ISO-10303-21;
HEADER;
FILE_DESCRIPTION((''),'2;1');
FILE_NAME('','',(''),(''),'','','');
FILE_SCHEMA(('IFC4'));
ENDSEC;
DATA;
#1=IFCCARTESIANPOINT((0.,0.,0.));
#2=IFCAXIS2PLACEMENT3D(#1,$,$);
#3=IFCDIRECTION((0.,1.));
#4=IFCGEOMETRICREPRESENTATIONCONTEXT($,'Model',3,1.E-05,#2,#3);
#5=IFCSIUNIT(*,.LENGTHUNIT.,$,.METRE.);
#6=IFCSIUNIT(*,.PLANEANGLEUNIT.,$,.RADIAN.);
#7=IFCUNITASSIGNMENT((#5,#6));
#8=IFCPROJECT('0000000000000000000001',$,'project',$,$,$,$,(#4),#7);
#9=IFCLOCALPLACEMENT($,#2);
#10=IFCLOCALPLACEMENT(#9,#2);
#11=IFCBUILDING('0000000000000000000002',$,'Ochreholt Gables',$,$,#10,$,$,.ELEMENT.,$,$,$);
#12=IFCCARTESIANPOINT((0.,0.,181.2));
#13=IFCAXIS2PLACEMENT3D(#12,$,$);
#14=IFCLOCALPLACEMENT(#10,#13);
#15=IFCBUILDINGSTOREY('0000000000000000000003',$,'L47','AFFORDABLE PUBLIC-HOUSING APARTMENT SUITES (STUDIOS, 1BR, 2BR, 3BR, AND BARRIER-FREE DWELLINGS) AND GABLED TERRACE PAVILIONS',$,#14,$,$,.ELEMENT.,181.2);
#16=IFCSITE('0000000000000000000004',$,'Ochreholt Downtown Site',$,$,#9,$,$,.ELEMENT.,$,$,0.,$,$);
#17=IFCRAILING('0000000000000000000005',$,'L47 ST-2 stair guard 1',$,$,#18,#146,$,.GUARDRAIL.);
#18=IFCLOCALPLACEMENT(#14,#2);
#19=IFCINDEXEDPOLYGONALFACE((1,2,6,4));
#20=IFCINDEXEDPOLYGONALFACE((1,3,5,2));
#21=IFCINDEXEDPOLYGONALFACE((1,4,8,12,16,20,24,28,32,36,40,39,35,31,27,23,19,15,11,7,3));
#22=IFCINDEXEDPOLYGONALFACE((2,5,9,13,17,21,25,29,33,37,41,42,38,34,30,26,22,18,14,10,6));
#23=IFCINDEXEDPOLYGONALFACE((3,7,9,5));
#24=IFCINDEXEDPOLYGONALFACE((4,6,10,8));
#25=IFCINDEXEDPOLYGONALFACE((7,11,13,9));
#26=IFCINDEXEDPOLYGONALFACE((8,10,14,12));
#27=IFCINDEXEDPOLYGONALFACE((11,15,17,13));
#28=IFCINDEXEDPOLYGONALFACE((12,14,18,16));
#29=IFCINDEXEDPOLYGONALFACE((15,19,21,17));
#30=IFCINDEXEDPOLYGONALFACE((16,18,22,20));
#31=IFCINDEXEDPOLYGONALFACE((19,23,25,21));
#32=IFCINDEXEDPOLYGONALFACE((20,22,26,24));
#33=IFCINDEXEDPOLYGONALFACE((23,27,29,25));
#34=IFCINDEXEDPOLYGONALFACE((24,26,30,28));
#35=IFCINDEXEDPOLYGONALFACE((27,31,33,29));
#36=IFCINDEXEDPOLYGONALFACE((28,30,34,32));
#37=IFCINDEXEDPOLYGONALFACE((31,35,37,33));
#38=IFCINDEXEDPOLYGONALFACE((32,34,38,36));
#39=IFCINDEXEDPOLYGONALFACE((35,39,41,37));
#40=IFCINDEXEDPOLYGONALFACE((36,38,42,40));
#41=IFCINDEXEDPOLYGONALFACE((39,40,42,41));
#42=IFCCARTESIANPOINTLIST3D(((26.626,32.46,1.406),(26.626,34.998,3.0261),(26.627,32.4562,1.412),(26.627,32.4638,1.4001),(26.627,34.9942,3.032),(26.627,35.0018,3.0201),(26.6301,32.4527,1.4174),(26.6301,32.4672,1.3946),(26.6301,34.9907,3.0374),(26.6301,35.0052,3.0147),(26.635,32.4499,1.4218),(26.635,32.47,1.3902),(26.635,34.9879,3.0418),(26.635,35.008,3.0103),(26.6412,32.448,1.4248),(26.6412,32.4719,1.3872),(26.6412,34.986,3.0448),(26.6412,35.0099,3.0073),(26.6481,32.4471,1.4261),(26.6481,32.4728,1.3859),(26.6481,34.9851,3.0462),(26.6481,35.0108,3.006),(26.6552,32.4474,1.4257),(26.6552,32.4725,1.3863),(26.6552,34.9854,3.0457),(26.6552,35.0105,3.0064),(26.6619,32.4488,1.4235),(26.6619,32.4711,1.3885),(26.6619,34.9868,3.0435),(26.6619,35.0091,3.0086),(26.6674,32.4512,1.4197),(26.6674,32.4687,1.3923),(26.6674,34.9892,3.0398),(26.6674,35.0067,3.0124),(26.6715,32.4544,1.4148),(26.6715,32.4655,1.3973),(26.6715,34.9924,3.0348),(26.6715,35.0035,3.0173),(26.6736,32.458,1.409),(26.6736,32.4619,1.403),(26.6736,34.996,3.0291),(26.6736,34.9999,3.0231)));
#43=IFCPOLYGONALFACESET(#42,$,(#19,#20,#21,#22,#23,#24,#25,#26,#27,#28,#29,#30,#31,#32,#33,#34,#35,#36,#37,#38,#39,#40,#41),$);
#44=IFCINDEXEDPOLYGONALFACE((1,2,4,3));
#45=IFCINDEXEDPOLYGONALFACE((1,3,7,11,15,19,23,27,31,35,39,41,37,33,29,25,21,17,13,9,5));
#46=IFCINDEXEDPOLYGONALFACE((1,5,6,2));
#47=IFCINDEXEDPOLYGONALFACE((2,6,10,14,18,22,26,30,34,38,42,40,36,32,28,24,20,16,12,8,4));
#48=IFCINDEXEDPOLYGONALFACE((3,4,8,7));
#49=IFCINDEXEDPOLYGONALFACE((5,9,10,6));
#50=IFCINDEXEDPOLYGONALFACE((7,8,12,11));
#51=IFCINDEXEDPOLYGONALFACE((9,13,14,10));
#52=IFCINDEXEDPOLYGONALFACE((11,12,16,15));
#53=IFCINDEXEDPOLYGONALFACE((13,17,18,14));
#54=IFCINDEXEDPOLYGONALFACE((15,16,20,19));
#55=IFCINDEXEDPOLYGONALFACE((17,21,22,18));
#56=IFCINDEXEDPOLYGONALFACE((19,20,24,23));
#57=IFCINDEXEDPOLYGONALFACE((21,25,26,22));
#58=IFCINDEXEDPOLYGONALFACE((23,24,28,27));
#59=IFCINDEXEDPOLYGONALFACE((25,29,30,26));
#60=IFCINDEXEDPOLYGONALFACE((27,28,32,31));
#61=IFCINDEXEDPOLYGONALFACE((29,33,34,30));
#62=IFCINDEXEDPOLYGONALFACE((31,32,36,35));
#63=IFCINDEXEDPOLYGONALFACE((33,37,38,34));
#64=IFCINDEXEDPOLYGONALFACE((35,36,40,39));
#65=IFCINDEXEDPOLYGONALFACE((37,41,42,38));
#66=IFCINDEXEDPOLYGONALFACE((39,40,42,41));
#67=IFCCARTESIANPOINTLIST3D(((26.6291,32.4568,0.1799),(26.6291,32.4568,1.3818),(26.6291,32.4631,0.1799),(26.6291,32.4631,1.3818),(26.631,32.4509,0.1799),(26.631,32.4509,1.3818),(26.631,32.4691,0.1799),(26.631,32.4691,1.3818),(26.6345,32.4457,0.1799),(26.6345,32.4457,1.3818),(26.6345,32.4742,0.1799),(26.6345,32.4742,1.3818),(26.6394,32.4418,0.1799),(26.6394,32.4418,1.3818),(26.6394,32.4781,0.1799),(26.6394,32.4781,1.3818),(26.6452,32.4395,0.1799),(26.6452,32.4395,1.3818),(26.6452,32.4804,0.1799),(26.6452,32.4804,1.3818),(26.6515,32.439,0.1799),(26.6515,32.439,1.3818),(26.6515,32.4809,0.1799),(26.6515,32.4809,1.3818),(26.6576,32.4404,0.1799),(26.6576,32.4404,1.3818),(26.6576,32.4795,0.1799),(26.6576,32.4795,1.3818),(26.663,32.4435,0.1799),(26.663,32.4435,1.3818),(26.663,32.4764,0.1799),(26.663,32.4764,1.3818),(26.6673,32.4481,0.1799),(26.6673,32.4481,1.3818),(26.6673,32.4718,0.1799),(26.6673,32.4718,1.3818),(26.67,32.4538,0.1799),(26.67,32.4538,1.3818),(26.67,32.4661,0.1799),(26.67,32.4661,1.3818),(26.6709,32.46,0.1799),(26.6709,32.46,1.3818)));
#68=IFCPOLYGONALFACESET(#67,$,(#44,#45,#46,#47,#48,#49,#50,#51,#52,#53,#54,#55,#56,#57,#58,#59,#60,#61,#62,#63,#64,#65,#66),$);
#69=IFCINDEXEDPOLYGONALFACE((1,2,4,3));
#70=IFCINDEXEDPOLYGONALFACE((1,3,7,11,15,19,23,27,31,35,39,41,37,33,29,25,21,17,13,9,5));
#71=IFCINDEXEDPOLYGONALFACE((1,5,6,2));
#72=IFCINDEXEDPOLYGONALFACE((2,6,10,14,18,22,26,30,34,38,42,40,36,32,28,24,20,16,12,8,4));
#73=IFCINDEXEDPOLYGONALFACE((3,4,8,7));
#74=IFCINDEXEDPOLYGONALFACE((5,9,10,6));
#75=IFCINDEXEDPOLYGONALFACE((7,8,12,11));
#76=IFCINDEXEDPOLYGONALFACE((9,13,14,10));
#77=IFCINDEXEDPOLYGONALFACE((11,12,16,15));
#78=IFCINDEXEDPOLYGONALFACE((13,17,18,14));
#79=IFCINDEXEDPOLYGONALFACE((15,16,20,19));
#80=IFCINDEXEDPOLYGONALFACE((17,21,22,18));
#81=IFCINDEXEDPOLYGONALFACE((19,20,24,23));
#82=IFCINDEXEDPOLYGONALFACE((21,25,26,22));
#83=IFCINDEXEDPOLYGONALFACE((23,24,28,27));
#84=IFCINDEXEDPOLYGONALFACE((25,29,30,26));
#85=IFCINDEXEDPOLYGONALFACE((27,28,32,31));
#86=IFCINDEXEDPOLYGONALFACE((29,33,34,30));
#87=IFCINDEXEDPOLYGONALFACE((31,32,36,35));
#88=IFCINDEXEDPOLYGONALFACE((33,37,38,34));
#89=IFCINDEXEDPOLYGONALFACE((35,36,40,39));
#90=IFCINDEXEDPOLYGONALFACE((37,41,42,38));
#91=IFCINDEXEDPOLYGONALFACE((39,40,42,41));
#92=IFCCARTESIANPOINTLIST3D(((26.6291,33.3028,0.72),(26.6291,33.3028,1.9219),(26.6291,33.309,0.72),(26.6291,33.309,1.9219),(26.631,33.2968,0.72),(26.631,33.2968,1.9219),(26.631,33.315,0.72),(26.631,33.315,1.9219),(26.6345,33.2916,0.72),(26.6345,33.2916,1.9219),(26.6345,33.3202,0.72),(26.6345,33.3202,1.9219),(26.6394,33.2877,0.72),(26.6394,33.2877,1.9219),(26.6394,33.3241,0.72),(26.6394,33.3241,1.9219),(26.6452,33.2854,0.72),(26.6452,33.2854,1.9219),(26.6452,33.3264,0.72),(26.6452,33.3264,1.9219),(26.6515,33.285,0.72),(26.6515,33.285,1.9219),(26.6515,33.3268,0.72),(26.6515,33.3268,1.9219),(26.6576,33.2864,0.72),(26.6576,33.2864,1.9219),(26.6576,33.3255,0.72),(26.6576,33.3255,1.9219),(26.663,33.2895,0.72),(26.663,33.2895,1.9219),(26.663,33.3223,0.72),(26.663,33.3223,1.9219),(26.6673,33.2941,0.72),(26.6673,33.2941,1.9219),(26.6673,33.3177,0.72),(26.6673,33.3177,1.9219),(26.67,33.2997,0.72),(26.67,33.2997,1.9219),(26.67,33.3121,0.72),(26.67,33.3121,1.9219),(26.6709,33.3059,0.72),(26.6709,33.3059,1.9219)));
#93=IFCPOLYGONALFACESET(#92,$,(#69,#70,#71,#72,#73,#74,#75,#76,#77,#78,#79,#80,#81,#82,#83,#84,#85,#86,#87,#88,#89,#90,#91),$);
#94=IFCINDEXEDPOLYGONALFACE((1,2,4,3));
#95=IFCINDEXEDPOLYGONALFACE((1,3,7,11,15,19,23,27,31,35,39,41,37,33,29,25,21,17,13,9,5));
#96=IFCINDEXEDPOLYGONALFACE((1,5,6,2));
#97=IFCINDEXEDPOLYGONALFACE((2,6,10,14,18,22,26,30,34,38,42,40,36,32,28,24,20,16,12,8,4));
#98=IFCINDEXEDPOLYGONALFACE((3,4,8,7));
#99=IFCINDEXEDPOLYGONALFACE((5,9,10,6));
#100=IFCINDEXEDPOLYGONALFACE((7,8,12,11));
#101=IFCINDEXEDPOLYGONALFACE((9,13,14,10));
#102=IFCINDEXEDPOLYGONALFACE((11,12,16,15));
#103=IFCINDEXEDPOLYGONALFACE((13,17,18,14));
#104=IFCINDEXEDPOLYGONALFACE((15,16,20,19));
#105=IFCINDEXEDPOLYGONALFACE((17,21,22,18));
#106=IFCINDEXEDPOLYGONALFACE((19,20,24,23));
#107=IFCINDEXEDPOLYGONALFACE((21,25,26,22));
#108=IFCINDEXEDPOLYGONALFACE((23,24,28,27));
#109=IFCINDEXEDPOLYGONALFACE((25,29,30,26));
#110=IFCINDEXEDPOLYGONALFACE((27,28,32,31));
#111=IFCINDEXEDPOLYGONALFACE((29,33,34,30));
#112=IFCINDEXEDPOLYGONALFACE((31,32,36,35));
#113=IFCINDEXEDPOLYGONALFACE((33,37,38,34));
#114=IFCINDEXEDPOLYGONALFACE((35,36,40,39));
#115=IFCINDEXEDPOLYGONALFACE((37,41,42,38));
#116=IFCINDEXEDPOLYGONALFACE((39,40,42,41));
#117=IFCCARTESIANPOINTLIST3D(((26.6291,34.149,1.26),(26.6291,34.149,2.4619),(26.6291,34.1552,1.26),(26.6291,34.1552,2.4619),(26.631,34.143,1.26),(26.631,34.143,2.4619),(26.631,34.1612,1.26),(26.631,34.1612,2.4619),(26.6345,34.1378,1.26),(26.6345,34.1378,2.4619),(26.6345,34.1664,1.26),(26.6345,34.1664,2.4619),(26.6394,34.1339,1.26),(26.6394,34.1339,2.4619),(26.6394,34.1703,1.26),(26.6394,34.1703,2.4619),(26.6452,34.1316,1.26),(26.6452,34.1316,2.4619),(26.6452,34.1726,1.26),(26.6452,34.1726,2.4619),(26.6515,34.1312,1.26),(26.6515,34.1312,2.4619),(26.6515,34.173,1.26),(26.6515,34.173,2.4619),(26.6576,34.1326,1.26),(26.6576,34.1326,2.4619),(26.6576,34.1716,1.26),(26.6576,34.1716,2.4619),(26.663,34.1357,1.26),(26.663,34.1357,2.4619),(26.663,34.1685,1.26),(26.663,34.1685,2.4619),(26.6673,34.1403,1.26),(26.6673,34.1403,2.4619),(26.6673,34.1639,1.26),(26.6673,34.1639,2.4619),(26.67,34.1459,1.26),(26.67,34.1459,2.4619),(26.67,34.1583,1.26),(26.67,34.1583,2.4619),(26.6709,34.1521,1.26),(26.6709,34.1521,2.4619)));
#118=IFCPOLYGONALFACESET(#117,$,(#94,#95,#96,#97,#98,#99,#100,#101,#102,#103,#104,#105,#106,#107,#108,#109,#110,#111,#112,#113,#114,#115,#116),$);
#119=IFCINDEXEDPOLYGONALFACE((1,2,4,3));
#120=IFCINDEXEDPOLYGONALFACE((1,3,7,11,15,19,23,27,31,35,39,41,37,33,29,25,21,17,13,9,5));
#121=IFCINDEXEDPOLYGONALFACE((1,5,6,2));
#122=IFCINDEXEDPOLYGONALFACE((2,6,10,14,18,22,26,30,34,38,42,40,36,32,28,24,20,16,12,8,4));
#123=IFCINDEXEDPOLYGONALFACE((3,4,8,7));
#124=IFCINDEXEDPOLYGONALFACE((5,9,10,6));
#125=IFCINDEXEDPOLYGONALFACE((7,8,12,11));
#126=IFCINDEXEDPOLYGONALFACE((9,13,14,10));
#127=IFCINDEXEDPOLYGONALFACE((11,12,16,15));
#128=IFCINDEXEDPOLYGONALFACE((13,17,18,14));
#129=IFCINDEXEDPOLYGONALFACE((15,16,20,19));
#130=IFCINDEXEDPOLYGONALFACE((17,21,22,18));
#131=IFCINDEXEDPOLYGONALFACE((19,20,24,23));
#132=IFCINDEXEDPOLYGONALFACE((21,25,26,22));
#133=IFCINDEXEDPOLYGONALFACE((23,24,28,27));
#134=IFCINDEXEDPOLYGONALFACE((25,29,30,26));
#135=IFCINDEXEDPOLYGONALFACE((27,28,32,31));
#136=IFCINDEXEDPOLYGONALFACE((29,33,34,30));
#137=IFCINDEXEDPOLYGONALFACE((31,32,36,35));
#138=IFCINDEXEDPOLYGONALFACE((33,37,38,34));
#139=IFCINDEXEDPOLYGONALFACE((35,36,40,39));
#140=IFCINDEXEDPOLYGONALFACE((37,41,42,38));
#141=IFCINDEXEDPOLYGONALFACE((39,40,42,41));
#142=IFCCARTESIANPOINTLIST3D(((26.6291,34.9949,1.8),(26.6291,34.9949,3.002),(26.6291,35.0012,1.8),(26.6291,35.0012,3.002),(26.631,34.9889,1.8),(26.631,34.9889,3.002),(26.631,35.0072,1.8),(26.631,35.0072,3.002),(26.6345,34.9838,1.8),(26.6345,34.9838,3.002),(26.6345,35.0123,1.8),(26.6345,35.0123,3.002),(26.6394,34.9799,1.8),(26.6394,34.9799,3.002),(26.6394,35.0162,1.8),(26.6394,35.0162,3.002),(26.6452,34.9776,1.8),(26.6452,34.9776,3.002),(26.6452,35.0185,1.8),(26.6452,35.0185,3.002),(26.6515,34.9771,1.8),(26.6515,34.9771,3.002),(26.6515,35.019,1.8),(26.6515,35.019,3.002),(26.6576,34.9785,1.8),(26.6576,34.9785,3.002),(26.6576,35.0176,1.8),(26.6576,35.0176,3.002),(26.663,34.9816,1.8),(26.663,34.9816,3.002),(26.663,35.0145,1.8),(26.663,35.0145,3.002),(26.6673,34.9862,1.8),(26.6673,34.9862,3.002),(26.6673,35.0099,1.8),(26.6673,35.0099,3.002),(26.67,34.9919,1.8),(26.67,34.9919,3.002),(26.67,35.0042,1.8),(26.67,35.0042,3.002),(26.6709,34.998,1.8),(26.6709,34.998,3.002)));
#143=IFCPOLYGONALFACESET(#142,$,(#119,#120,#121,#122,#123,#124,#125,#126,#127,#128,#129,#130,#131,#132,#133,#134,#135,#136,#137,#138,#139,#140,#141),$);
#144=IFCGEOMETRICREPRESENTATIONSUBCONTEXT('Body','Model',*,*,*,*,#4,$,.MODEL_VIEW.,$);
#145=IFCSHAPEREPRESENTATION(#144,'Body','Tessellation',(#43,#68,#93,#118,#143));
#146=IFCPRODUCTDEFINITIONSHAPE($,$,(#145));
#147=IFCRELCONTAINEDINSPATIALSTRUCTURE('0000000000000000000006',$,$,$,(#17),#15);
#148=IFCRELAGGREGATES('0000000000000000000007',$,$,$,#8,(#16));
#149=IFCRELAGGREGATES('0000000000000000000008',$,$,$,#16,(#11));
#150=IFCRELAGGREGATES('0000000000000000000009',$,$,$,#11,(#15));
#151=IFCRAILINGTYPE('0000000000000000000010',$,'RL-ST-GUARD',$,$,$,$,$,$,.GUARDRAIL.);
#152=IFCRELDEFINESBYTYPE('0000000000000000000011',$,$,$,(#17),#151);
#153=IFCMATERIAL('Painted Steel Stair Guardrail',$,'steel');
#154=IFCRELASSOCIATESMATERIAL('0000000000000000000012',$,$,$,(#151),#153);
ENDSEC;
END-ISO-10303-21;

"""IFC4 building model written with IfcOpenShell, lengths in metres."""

from ifc_helpers import new_model, si_unit, direction, frame, origin, origin_2d, place, context, subcontext, project, spatial, circle, extrude, material, type_object, element, save


model = new_model("IFC4")

# Units and contexts
model_context = context("Model", 3, precision=1e-05, world=origin(), true_north=direction((0.0, 1.0)))
body_context = subcontext(model_context, "Body", "Model", "MODEL_VIEW")
ifc_project = project(units=[si_unit("LENGTHUNIT", "METRE"), si_unit("PLANEANGLEUNIT", "RADIAN")], contexts=[model_context])

# Site, building, storey
site_placement = place(None, origin())
site = spatial("IfcSite", under=ifc_project, at=site_placement, Name="Ochreholt Downtown Site", CompositionType="ELEMENT", RefElevation=0.0)
building_placement = place(site_placement, origin())
building = spatial("IfcBuilding", under=site, at=building_placement, Name="Ochreholt Gables", CompositionType="ELEMENT")
storey_placement = place(building_placement, frame((0.0, 0.0, 181.2)))
storey = spatial("IfcBuildingStorey", under=building, at=storey_placement, Name="L47", Description="AFFORDABLE PUBLIC-HOUSING APARTMENT SUITES (STUDIOS, 1BR, 2BR, 3BR, AND BARRIER-FREE DWELLINGS) AND GABLED TERRACE PAVILIONS", CompositionType="ELEMENT", Elevation=181.2)

# Railing
ifc_material_1 = material(Name="Painted Steel Stair Guardrail", Category="steel")
railing_type_1 = type_object("IfcRailingType", Name="RL-ST-GUARD", PredefinedType="GUARDRAIL", material=ifc_material_1)
railing_1_placement = place(storey_placement, frame((26.6499, 32.46, 0.1799)))
element("IfcRailing", 1, at=railing_1_placement, inside=storey, type_object=railing_type_1, Name="L47 ST-2 stair guard 1", PredefinedType="GUARDRAIL", context=body_context, shape_type="SweptSolid", body=[
    extrude(circle(Radius=0.0239, at=origin_2d()), frame((0.0, 0.0, 1.2261), z_axis=(0.0, 0.842913, 0.53805), x_axis=(-1.0, 0.0, 0.0)), (0.0, 0.0, 1.0), 3.011),
    extrude(circle(Radius=0.021, at=origin_2d()), origin(), (0.0, 0.0, 1.0), 1.2019),
    extrude(circle(Radius=0.021, at=origin_2d()), frame((0.0, 0.8459, 0.54)), (0.0, 0.0, 1.0), 1.2019),
    extrude(circle(Radius=0.021, at=origin_2d()), frame((0.0, 1.6921, 1.0801)), (0.0, 0.0, 1.0), 1.2019),
    extrude(circle(Radius=0.021, at=origin_2d()), frame((0.0, 2.5381, 1.6201)), (0.0, 0.0, 1.0), 1.2019),
])

save(model, "model.ifc")
